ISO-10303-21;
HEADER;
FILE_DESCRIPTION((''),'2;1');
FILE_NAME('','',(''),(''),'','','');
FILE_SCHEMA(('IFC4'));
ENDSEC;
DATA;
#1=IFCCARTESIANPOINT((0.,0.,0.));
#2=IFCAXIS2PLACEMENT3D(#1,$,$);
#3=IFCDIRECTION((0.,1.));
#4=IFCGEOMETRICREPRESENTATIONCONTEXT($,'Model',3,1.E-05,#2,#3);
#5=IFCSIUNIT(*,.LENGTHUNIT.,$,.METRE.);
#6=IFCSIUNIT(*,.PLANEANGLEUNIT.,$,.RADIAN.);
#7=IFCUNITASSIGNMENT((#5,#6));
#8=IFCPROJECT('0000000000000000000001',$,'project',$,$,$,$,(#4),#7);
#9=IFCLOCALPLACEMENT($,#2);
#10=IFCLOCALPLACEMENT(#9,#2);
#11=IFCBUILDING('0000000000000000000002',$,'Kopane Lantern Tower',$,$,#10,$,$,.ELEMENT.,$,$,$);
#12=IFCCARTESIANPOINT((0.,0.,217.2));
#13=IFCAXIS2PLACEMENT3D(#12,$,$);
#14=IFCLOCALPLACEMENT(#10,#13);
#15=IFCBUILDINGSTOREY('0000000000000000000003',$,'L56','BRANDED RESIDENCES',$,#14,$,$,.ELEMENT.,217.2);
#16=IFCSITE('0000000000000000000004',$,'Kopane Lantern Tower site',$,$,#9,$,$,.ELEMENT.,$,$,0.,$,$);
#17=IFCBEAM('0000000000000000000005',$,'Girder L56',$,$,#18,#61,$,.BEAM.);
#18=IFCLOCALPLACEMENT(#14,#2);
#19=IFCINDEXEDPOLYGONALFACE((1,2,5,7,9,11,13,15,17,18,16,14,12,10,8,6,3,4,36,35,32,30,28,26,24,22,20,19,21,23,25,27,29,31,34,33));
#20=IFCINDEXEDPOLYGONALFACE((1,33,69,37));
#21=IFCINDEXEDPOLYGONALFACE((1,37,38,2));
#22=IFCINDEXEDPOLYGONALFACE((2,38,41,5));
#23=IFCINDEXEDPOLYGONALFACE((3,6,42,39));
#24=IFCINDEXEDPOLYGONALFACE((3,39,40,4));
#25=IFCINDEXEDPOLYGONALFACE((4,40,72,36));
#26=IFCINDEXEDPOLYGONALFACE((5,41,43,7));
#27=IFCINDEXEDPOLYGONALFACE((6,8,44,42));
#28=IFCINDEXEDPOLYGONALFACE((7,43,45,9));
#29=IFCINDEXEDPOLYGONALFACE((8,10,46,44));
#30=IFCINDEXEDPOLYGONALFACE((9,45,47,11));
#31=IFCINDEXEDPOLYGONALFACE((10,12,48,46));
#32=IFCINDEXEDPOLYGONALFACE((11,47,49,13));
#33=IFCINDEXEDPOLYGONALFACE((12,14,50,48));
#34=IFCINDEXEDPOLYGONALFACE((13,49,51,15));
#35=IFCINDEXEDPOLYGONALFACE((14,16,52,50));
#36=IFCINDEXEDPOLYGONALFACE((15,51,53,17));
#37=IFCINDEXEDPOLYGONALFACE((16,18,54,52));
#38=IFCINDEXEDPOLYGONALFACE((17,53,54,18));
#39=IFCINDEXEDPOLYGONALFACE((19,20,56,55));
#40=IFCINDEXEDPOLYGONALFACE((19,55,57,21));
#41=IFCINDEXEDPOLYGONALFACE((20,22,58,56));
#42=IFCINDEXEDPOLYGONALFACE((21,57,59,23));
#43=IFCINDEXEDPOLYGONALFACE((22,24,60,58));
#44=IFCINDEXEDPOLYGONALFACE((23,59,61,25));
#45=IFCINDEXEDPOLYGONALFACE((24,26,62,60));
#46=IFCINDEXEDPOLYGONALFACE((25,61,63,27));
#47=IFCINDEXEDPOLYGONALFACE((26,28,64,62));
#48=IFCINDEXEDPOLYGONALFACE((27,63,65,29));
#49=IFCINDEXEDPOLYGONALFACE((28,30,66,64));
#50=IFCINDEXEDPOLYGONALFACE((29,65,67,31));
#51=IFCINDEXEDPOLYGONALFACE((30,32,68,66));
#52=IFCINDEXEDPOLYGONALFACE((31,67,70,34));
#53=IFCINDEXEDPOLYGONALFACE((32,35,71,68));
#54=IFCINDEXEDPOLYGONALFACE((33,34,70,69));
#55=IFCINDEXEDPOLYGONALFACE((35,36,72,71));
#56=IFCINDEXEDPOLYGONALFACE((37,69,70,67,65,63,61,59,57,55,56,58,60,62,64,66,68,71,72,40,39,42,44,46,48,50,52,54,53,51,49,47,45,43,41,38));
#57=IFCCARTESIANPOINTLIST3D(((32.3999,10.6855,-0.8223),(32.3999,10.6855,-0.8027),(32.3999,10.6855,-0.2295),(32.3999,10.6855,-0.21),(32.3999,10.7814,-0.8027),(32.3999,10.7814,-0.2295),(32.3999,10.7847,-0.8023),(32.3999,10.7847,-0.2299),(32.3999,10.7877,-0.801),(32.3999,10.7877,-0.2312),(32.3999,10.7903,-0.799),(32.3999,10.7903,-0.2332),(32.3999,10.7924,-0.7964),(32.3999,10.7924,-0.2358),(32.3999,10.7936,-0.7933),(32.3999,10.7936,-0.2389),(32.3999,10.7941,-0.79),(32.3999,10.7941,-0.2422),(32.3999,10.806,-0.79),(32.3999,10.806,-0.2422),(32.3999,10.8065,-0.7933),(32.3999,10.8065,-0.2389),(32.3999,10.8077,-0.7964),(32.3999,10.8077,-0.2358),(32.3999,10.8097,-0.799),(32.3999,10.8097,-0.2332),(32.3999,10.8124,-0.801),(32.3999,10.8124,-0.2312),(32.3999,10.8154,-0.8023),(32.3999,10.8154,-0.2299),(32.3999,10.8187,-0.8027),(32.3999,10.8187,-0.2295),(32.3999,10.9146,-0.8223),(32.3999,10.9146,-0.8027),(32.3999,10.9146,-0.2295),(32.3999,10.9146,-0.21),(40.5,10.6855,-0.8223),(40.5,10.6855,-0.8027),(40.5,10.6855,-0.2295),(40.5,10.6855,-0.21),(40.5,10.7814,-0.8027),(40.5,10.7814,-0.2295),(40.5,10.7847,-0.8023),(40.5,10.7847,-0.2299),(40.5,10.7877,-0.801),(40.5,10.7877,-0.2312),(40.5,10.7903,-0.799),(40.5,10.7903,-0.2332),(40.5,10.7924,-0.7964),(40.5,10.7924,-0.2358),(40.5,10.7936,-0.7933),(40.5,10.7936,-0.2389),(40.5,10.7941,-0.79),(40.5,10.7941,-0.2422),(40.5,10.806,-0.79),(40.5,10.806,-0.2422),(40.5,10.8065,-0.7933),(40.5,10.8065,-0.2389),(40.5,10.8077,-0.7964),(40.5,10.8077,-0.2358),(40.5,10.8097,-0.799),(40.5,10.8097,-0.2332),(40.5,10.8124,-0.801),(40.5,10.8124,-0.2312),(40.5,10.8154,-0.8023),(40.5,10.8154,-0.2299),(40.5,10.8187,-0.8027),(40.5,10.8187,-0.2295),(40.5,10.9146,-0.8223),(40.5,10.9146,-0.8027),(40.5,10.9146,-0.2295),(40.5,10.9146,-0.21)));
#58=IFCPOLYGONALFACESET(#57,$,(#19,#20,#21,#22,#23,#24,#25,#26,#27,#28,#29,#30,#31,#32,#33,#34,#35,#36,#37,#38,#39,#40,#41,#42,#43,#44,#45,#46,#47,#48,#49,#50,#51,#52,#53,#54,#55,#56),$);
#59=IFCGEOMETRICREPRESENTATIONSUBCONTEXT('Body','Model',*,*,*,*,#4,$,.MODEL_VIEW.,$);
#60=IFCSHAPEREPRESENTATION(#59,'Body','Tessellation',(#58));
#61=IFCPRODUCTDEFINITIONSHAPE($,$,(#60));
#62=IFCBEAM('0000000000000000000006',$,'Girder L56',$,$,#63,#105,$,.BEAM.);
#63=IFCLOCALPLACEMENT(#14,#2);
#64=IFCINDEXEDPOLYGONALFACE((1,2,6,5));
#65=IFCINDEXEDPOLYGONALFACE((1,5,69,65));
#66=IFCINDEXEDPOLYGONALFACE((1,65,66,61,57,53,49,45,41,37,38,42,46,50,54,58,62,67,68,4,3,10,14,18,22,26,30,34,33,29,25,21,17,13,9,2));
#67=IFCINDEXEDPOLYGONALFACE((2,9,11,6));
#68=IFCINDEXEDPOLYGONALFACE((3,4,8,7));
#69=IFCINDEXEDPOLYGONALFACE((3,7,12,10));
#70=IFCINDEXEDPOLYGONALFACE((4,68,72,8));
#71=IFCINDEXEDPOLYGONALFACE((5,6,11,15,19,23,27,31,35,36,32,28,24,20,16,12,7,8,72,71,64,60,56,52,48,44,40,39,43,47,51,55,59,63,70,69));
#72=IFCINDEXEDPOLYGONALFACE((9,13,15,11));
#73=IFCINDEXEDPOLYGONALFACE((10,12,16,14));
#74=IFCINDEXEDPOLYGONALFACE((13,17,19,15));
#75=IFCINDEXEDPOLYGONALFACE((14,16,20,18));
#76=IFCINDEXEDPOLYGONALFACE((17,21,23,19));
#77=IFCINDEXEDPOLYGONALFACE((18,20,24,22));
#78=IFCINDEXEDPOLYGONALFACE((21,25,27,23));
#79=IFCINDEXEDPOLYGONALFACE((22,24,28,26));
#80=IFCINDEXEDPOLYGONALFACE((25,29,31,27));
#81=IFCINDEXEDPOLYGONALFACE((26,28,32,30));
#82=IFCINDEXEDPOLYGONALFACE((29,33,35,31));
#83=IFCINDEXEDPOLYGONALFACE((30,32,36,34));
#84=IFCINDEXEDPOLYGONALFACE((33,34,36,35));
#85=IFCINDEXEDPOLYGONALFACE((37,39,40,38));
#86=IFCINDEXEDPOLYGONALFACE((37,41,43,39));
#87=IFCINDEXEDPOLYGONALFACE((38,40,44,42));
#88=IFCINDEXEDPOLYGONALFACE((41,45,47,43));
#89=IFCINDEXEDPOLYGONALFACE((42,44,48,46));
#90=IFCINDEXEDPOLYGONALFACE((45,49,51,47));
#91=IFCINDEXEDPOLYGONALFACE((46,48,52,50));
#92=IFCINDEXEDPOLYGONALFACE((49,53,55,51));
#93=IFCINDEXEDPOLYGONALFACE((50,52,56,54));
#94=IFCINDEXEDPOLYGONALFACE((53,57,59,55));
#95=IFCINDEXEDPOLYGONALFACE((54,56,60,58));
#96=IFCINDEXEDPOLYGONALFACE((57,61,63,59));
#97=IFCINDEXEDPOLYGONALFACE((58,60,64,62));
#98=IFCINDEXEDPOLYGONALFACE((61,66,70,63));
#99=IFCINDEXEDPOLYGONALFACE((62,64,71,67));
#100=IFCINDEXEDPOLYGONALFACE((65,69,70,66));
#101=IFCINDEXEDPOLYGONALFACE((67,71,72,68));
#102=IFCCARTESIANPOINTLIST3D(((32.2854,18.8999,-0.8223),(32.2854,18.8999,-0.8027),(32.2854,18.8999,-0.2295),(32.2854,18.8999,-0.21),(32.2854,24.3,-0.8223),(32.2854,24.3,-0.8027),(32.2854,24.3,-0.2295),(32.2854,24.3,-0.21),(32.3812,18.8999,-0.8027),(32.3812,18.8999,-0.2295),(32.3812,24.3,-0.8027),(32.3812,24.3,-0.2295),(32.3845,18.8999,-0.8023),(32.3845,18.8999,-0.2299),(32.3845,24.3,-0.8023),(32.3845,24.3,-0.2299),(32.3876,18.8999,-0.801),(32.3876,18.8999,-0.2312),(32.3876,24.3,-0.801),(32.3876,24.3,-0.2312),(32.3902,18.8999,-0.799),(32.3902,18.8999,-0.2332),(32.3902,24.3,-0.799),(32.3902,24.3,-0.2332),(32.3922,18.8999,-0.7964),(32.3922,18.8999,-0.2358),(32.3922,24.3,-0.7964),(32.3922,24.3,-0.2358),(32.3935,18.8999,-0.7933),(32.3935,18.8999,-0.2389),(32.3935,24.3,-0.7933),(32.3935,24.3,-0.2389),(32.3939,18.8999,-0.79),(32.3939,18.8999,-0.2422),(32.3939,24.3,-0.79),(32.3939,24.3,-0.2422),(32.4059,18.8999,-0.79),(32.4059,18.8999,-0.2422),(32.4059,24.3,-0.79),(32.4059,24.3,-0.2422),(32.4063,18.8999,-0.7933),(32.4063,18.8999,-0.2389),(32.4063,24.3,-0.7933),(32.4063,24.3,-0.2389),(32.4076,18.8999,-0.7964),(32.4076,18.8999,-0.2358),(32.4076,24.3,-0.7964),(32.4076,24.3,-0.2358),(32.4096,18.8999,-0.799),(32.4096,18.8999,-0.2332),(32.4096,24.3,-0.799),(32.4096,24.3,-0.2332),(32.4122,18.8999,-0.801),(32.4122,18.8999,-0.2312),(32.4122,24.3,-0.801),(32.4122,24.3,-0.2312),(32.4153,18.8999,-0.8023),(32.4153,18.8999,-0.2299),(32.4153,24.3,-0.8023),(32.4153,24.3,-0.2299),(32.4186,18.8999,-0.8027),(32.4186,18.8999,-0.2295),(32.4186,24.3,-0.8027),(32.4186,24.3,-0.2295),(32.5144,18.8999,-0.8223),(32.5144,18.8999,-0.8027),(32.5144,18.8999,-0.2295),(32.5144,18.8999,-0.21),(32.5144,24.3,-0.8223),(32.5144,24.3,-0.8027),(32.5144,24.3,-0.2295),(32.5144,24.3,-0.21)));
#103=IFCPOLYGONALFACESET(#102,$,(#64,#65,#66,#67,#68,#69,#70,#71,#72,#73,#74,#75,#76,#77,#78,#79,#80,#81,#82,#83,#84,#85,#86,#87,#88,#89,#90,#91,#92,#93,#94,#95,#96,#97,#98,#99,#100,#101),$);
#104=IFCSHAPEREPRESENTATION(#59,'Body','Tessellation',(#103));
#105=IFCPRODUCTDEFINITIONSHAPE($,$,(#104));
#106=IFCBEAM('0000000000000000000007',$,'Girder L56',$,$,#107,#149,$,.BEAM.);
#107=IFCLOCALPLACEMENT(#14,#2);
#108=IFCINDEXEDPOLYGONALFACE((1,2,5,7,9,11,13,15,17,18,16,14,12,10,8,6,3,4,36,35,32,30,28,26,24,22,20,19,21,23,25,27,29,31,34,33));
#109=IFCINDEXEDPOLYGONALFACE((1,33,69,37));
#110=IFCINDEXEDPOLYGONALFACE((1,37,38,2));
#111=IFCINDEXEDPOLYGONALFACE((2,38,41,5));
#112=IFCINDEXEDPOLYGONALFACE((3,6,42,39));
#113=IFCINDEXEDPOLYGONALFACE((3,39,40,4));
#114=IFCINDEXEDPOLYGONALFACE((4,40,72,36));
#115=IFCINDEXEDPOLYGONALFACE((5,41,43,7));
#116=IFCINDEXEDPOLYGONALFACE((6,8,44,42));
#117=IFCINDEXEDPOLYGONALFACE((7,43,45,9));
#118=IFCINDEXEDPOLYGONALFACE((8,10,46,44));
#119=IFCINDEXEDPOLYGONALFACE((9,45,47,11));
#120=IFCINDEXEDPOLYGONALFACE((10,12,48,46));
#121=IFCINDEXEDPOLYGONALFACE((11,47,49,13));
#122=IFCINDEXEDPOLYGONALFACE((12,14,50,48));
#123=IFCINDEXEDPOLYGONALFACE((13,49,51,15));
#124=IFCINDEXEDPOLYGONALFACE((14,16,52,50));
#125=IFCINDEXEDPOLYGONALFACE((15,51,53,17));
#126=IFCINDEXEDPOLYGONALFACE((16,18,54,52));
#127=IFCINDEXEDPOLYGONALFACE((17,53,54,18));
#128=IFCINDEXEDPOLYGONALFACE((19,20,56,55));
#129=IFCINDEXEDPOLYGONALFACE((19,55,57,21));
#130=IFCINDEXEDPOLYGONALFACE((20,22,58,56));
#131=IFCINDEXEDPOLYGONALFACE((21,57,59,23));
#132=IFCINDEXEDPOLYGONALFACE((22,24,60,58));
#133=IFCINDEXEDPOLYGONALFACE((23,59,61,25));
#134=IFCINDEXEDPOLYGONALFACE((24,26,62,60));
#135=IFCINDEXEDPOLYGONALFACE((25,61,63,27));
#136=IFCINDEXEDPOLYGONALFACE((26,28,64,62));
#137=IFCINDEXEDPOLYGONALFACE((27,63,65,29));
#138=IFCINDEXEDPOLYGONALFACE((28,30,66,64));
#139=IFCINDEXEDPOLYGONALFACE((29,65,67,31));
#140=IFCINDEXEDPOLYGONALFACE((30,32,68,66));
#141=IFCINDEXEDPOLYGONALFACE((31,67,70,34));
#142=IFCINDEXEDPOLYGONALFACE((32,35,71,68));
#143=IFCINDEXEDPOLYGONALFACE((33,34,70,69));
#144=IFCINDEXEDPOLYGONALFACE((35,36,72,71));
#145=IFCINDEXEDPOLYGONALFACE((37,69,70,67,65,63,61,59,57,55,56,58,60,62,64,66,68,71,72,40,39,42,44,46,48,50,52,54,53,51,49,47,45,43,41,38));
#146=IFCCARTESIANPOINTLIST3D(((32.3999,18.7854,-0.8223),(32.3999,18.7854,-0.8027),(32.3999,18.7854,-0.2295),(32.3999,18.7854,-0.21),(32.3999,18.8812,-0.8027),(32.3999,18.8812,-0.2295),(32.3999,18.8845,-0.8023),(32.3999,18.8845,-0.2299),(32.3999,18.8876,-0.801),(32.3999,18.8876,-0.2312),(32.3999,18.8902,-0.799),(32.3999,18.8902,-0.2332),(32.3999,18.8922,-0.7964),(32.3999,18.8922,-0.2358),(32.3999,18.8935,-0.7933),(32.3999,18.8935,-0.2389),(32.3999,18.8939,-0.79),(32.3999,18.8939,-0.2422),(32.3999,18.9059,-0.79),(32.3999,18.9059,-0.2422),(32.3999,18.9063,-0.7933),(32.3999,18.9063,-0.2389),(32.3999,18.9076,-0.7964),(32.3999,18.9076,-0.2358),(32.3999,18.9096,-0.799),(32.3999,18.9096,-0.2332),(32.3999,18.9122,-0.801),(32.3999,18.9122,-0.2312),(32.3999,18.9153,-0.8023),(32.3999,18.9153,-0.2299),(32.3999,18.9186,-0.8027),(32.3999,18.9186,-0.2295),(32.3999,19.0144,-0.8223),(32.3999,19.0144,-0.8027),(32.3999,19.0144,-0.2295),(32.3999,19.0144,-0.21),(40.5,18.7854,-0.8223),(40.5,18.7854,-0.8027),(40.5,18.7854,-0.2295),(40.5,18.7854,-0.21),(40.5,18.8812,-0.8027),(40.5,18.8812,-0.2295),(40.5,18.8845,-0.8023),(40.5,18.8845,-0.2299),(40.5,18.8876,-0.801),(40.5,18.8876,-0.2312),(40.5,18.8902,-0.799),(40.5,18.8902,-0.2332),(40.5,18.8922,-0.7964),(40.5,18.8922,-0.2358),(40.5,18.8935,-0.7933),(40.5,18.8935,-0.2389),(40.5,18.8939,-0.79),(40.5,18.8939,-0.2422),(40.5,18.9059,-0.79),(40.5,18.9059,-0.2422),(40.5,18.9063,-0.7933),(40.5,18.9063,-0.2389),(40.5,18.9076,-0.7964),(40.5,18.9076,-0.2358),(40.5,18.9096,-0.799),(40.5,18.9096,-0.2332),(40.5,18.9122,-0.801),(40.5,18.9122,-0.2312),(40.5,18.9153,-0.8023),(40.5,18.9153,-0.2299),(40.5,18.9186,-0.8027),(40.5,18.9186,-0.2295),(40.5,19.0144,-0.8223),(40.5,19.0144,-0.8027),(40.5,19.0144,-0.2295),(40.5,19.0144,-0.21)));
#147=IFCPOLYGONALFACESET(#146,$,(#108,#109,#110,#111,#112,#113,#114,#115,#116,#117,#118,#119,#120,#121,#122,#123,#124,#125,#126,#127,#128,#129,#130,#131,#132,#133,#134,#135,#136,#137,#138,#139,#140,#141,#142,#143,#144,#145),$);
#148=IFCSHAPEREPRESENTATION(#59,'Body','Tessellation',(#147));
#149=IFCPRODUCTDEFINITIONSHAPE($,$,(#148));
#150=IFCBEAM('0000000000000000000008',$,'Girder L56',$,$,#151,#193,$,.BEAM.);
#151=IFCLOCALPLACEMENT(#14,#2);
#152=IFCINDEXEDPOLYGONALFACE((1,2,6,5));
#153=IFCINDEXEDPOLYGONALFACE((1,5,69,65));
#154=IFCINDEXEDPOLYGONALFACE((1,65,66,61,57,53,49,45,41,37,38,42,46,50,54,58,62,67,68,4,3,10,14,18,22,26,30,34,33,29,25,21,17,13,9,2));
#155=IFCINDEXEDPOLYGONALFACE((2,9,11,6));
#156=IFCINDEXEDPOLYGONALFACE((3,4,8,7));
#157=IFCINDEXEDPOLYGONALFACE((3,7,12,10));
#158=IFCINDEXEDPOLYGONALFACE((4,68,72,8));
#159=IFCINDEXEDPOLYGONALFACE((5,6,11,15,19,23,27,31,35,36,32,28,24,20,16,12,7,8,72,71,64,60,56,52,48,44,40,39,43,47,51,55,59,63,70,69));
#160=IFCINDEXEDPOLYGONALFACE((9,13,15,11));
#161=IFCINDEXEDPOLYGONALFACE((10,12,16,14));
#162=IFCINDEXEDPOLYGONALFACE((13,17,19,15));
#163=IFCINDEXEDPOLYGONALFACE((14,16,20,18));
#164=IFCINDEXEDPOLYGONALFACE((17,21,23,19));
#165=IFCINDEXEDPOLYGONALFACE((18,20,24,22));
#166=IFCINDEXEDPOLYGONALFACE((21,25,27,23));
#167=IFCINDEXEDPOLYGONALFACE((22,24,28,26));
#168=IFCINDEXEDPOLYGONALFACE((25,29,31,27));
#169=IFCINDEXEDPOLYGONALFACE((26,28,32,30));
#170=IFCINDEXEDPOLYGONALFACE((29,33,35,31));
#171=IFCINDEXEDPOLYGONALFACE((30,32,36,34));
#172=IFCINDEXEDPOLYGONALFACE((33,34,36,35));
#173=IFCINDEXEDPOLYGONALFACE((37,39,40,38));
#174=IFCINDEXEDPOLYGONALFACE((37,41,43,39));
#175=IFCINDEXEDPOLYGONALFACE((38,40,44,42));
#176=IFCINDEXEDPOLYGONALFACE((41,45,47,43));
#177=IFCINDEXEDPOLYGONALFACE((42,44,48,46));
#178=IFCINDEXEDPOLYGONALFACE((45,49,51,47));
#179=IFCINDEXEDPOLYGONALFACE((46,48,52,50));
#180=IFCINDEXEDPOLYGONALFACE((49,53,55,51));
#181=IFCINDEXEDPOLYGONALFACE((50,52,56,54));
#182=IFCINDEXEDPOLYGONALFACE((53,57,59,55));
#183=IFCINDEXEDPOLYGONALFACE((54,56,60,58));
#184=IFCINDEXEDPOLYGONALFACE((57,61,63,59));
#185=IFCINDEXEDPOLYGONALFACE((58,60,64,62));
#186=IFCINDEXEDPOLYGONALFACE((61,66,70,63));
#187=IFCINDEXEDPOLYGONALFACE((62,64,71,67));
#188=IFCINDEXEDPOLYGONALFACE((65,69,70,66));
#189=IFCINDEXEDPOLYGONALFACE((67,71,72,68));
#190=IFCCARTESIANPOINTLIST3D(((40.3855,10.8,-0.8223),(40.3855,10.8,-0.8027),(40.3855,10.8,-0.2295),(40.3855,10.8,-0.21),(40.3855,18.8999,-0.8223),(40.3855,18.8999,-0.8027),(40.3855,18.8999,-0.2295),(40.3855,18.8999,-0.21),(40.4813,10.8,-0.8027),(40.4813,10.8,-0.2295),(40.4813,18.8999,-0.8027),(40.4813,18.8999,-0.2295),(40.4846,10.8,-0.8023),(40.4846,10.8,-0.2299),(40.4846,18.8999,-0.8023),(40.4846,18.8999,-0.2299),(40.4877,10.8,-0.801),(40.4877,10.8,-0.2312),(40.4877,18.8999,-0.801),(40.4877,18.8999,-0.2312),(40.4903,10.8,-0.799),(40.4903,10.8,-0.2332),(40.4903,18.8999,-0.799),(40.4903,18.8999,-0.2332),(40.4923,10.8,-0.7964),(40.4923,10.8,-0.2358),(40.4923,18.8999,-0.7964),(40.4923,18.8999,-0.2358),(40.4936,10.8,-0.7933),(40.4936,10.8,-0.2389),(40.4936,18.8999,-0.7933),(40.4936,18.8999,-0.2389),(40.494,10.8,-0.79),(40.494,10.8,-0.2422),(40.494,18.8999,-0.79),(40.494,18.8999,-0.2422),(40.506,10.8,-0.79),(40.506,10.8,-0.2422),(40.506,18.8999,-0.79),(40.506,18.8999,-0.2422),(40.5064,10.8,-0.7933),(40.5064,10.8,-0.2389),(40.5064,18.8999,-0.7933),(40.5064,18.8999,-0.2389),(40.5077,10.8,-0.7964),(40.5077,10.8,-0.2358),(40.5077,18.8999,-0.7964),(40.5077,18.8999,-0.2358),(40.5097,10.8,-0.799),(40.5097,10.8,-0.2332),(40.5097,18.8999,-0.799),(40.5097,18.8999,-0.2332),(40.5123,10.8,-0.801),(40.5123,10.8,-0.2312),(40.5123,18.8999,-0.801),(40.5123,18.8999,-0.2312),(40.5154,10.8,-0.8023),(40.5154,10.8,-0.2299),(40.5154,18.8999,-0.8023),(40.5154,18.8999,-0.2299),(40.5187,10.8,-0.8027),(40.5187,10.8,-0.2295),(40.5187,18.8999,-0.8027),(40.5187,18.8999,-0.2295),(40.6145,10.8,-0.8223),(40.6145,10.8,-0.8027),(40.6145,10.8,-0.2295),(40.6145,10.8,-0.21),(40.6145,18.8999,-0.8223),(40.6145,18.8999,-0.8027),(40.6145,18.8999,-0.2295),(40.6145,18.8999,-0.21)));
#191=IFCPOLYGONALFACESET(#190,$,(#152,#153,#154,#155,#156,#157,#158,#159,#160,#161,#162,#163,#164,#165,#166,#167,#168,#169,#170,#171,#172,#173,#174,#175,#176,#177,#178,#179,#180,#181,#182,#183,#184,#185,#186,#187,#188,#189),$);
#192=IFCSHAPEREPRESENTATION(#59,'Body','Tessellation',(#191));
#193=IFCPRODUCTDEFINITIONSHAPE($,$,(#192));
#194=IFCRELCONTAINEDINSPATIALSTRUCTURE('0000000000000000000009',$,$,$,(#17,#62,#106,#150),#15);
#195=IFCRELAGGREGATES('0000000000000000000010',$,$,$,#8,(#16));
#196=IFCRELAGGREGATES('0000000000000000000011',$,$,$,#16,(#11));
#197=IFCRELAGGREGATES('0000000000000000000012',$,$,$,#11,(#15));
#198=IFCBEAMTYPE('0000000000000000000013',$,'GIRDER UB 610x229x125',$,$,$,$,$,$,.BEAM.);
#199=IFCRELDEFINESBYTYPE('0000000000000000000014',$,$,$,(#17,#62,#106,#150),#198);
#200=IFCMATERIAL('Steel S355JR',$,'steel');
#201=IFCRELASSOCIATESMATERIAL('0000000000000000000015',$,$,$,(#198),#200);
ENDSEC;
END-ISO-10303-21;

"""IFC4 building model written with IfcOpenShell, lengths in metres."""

from ifc_helpers import new_model, si_unit, direction, frame, origin, origin_2d, place, context, subcontext, project, spatial, i_section, extrude, material, material_profile, profile_set, type_object, element, save


model = new_model("IFC4")

# Units and contexts
model_context = context("Model", 3, precision=1e-05, world=origin(), true_north=direction((0.0, 1.0)))
body_context = subcontext(model_context, "Body", "Model", "MODEL_VIEW")
ifc_project = project(units=[si_unit("LENGTHUNIT", "METRE"), si_unit("PLANEANGLEUNIT", "RADIAN")], contexts=[model_context])

# Site, building, storey
site_placement = place(None, origin())
site = spatial("IfcSite", under=ifc_project, at=site_placement, Name="Kopane Lantern Tower site", CompositionType="ELEMENT", RefElevation=0.0)
building_placement = place(site_placement, origin())
building = spatial("IfcBuilding", under=site, at=building_placement, Name="Kopane Lantern Tower", CompositionType="ELEMENT")
storey_placement = place(building_placement, frame((0.0, 0.0, 217.2)))
storey = spatial("IfcBuildingStorey", under=building, at=storey_placement, Name="L56", Description="BRANDED RESIDENCES", CompositionType="ELEMENT", Elevation=217.2)

# Beams
ifc_material_1 = material(Name="Steel S355JR", Category="steel")
ifc_material_profile_1 = material_profile(ifc_material_1, i_section(OverallWidth=0.229, OverallDepth=0.6123, WebThickness=0.012, FlangeThickness=0.0195, FilletRadius=0.0127, at=origin_2d()), Name="UB 610x229x125")
ifc_profile_set_1 = profile_set([ifc_material_profile_1], Name="Steel S355JR")
beam_type = type_object("IfcBeamType", Name="GIRDER UB 610x229x125", PredefinedType="BEAM", material=ifc_profile_set_1)
beam_1_placement = place(storey_placement, frame((32.3999, 10.8, -0.5161), z_axis=(1.0, 0.0, 0.0), x_axis=(0.0, 1.0, 0.0)))
element("IfcBeam", 1, at=beam_1_placement, inside=storey, type_object=beam_type, Name="Girder L56", PredefinedType="BEAM", context=body_context, shape_type="SweptSolid", body=[
    extrude(i_section(OverallWidth=0.229, OverallDepth=0.6123, WebThickness=0.012, FlangeThickness=0.0195, FilletRadius=0.0127, at=origin_2d()), origin(), (0.0, 0.0, 1.0), 8.1001),
])
beam_2_placement = place(storey_placement, frame((32.3999, 18.8999, -0.5161), z_axis=(0.0, 1.0, 0.0), x_axis=(-1.0, 0.0, 0.0)))
element("IfcBeam", 2, at=beam_2_placement, inside=storey, type_object=beam_type, Name="Girder L56", PredefinedType="BEAM", context=body_context, shape_type="SweptSolid", body=[
    extrude(i_section(OverallWidth=0.229, OverallDepth=0.6123, WebThickness=0.012, FlangeThickness=0.0195, FilletRadius=0.0127, at=origin_2d()), origin(), (0.0, 0.0, 1.0), 5.4001),
])
beam_3_placement = place(storey_placement, frame((32.3999, 18.8999, -0.5161), z_axis=(1.0, 0.0, 0.0), x_axis=(0.0, 1.0, 0.0)))
element("IfcBeam", 3, at=beam_3_placement, inside=storey, type_object=beam_type, Name="Girder L56", PredefinedType="BEAM", context=body_context, shape_type="SweptSolid", body=[
    extrude(i_section(OverallWidth=0.229, OverallDepth=0.6123, WebThickness=0.012, FlangeThickness=0.0195, FilletRadius=0.0127, at=origin_2d()), origin(), (0.0, 0.0, 1.0), 8.1001),
])
beam_4_placement = place(storey_placement, frame((40.5, 10.8, -0.5161), z_axis=(0.0, 1.0, 0.0), x_axis=(-1.0, 0.0, 0.0)))
element("IfcBeam", 4, at=beam_4_placement, inside=storey, type_object=beam_type, Name="Girder L56", PredefinedType="BEAM", context=body_context, shape_type="SweptSolid", body=[
    extrude(i_section(OverallWidth=0.229, OverallDepth=0.6123, WebThickness=0.012, FlangeThickness=0.0195, FilletRadius=0.0127, at=origin_2d()), origin(), (0.0, 0.0, 1.0), 8.0999),
])

save(model, "model.ifc")
